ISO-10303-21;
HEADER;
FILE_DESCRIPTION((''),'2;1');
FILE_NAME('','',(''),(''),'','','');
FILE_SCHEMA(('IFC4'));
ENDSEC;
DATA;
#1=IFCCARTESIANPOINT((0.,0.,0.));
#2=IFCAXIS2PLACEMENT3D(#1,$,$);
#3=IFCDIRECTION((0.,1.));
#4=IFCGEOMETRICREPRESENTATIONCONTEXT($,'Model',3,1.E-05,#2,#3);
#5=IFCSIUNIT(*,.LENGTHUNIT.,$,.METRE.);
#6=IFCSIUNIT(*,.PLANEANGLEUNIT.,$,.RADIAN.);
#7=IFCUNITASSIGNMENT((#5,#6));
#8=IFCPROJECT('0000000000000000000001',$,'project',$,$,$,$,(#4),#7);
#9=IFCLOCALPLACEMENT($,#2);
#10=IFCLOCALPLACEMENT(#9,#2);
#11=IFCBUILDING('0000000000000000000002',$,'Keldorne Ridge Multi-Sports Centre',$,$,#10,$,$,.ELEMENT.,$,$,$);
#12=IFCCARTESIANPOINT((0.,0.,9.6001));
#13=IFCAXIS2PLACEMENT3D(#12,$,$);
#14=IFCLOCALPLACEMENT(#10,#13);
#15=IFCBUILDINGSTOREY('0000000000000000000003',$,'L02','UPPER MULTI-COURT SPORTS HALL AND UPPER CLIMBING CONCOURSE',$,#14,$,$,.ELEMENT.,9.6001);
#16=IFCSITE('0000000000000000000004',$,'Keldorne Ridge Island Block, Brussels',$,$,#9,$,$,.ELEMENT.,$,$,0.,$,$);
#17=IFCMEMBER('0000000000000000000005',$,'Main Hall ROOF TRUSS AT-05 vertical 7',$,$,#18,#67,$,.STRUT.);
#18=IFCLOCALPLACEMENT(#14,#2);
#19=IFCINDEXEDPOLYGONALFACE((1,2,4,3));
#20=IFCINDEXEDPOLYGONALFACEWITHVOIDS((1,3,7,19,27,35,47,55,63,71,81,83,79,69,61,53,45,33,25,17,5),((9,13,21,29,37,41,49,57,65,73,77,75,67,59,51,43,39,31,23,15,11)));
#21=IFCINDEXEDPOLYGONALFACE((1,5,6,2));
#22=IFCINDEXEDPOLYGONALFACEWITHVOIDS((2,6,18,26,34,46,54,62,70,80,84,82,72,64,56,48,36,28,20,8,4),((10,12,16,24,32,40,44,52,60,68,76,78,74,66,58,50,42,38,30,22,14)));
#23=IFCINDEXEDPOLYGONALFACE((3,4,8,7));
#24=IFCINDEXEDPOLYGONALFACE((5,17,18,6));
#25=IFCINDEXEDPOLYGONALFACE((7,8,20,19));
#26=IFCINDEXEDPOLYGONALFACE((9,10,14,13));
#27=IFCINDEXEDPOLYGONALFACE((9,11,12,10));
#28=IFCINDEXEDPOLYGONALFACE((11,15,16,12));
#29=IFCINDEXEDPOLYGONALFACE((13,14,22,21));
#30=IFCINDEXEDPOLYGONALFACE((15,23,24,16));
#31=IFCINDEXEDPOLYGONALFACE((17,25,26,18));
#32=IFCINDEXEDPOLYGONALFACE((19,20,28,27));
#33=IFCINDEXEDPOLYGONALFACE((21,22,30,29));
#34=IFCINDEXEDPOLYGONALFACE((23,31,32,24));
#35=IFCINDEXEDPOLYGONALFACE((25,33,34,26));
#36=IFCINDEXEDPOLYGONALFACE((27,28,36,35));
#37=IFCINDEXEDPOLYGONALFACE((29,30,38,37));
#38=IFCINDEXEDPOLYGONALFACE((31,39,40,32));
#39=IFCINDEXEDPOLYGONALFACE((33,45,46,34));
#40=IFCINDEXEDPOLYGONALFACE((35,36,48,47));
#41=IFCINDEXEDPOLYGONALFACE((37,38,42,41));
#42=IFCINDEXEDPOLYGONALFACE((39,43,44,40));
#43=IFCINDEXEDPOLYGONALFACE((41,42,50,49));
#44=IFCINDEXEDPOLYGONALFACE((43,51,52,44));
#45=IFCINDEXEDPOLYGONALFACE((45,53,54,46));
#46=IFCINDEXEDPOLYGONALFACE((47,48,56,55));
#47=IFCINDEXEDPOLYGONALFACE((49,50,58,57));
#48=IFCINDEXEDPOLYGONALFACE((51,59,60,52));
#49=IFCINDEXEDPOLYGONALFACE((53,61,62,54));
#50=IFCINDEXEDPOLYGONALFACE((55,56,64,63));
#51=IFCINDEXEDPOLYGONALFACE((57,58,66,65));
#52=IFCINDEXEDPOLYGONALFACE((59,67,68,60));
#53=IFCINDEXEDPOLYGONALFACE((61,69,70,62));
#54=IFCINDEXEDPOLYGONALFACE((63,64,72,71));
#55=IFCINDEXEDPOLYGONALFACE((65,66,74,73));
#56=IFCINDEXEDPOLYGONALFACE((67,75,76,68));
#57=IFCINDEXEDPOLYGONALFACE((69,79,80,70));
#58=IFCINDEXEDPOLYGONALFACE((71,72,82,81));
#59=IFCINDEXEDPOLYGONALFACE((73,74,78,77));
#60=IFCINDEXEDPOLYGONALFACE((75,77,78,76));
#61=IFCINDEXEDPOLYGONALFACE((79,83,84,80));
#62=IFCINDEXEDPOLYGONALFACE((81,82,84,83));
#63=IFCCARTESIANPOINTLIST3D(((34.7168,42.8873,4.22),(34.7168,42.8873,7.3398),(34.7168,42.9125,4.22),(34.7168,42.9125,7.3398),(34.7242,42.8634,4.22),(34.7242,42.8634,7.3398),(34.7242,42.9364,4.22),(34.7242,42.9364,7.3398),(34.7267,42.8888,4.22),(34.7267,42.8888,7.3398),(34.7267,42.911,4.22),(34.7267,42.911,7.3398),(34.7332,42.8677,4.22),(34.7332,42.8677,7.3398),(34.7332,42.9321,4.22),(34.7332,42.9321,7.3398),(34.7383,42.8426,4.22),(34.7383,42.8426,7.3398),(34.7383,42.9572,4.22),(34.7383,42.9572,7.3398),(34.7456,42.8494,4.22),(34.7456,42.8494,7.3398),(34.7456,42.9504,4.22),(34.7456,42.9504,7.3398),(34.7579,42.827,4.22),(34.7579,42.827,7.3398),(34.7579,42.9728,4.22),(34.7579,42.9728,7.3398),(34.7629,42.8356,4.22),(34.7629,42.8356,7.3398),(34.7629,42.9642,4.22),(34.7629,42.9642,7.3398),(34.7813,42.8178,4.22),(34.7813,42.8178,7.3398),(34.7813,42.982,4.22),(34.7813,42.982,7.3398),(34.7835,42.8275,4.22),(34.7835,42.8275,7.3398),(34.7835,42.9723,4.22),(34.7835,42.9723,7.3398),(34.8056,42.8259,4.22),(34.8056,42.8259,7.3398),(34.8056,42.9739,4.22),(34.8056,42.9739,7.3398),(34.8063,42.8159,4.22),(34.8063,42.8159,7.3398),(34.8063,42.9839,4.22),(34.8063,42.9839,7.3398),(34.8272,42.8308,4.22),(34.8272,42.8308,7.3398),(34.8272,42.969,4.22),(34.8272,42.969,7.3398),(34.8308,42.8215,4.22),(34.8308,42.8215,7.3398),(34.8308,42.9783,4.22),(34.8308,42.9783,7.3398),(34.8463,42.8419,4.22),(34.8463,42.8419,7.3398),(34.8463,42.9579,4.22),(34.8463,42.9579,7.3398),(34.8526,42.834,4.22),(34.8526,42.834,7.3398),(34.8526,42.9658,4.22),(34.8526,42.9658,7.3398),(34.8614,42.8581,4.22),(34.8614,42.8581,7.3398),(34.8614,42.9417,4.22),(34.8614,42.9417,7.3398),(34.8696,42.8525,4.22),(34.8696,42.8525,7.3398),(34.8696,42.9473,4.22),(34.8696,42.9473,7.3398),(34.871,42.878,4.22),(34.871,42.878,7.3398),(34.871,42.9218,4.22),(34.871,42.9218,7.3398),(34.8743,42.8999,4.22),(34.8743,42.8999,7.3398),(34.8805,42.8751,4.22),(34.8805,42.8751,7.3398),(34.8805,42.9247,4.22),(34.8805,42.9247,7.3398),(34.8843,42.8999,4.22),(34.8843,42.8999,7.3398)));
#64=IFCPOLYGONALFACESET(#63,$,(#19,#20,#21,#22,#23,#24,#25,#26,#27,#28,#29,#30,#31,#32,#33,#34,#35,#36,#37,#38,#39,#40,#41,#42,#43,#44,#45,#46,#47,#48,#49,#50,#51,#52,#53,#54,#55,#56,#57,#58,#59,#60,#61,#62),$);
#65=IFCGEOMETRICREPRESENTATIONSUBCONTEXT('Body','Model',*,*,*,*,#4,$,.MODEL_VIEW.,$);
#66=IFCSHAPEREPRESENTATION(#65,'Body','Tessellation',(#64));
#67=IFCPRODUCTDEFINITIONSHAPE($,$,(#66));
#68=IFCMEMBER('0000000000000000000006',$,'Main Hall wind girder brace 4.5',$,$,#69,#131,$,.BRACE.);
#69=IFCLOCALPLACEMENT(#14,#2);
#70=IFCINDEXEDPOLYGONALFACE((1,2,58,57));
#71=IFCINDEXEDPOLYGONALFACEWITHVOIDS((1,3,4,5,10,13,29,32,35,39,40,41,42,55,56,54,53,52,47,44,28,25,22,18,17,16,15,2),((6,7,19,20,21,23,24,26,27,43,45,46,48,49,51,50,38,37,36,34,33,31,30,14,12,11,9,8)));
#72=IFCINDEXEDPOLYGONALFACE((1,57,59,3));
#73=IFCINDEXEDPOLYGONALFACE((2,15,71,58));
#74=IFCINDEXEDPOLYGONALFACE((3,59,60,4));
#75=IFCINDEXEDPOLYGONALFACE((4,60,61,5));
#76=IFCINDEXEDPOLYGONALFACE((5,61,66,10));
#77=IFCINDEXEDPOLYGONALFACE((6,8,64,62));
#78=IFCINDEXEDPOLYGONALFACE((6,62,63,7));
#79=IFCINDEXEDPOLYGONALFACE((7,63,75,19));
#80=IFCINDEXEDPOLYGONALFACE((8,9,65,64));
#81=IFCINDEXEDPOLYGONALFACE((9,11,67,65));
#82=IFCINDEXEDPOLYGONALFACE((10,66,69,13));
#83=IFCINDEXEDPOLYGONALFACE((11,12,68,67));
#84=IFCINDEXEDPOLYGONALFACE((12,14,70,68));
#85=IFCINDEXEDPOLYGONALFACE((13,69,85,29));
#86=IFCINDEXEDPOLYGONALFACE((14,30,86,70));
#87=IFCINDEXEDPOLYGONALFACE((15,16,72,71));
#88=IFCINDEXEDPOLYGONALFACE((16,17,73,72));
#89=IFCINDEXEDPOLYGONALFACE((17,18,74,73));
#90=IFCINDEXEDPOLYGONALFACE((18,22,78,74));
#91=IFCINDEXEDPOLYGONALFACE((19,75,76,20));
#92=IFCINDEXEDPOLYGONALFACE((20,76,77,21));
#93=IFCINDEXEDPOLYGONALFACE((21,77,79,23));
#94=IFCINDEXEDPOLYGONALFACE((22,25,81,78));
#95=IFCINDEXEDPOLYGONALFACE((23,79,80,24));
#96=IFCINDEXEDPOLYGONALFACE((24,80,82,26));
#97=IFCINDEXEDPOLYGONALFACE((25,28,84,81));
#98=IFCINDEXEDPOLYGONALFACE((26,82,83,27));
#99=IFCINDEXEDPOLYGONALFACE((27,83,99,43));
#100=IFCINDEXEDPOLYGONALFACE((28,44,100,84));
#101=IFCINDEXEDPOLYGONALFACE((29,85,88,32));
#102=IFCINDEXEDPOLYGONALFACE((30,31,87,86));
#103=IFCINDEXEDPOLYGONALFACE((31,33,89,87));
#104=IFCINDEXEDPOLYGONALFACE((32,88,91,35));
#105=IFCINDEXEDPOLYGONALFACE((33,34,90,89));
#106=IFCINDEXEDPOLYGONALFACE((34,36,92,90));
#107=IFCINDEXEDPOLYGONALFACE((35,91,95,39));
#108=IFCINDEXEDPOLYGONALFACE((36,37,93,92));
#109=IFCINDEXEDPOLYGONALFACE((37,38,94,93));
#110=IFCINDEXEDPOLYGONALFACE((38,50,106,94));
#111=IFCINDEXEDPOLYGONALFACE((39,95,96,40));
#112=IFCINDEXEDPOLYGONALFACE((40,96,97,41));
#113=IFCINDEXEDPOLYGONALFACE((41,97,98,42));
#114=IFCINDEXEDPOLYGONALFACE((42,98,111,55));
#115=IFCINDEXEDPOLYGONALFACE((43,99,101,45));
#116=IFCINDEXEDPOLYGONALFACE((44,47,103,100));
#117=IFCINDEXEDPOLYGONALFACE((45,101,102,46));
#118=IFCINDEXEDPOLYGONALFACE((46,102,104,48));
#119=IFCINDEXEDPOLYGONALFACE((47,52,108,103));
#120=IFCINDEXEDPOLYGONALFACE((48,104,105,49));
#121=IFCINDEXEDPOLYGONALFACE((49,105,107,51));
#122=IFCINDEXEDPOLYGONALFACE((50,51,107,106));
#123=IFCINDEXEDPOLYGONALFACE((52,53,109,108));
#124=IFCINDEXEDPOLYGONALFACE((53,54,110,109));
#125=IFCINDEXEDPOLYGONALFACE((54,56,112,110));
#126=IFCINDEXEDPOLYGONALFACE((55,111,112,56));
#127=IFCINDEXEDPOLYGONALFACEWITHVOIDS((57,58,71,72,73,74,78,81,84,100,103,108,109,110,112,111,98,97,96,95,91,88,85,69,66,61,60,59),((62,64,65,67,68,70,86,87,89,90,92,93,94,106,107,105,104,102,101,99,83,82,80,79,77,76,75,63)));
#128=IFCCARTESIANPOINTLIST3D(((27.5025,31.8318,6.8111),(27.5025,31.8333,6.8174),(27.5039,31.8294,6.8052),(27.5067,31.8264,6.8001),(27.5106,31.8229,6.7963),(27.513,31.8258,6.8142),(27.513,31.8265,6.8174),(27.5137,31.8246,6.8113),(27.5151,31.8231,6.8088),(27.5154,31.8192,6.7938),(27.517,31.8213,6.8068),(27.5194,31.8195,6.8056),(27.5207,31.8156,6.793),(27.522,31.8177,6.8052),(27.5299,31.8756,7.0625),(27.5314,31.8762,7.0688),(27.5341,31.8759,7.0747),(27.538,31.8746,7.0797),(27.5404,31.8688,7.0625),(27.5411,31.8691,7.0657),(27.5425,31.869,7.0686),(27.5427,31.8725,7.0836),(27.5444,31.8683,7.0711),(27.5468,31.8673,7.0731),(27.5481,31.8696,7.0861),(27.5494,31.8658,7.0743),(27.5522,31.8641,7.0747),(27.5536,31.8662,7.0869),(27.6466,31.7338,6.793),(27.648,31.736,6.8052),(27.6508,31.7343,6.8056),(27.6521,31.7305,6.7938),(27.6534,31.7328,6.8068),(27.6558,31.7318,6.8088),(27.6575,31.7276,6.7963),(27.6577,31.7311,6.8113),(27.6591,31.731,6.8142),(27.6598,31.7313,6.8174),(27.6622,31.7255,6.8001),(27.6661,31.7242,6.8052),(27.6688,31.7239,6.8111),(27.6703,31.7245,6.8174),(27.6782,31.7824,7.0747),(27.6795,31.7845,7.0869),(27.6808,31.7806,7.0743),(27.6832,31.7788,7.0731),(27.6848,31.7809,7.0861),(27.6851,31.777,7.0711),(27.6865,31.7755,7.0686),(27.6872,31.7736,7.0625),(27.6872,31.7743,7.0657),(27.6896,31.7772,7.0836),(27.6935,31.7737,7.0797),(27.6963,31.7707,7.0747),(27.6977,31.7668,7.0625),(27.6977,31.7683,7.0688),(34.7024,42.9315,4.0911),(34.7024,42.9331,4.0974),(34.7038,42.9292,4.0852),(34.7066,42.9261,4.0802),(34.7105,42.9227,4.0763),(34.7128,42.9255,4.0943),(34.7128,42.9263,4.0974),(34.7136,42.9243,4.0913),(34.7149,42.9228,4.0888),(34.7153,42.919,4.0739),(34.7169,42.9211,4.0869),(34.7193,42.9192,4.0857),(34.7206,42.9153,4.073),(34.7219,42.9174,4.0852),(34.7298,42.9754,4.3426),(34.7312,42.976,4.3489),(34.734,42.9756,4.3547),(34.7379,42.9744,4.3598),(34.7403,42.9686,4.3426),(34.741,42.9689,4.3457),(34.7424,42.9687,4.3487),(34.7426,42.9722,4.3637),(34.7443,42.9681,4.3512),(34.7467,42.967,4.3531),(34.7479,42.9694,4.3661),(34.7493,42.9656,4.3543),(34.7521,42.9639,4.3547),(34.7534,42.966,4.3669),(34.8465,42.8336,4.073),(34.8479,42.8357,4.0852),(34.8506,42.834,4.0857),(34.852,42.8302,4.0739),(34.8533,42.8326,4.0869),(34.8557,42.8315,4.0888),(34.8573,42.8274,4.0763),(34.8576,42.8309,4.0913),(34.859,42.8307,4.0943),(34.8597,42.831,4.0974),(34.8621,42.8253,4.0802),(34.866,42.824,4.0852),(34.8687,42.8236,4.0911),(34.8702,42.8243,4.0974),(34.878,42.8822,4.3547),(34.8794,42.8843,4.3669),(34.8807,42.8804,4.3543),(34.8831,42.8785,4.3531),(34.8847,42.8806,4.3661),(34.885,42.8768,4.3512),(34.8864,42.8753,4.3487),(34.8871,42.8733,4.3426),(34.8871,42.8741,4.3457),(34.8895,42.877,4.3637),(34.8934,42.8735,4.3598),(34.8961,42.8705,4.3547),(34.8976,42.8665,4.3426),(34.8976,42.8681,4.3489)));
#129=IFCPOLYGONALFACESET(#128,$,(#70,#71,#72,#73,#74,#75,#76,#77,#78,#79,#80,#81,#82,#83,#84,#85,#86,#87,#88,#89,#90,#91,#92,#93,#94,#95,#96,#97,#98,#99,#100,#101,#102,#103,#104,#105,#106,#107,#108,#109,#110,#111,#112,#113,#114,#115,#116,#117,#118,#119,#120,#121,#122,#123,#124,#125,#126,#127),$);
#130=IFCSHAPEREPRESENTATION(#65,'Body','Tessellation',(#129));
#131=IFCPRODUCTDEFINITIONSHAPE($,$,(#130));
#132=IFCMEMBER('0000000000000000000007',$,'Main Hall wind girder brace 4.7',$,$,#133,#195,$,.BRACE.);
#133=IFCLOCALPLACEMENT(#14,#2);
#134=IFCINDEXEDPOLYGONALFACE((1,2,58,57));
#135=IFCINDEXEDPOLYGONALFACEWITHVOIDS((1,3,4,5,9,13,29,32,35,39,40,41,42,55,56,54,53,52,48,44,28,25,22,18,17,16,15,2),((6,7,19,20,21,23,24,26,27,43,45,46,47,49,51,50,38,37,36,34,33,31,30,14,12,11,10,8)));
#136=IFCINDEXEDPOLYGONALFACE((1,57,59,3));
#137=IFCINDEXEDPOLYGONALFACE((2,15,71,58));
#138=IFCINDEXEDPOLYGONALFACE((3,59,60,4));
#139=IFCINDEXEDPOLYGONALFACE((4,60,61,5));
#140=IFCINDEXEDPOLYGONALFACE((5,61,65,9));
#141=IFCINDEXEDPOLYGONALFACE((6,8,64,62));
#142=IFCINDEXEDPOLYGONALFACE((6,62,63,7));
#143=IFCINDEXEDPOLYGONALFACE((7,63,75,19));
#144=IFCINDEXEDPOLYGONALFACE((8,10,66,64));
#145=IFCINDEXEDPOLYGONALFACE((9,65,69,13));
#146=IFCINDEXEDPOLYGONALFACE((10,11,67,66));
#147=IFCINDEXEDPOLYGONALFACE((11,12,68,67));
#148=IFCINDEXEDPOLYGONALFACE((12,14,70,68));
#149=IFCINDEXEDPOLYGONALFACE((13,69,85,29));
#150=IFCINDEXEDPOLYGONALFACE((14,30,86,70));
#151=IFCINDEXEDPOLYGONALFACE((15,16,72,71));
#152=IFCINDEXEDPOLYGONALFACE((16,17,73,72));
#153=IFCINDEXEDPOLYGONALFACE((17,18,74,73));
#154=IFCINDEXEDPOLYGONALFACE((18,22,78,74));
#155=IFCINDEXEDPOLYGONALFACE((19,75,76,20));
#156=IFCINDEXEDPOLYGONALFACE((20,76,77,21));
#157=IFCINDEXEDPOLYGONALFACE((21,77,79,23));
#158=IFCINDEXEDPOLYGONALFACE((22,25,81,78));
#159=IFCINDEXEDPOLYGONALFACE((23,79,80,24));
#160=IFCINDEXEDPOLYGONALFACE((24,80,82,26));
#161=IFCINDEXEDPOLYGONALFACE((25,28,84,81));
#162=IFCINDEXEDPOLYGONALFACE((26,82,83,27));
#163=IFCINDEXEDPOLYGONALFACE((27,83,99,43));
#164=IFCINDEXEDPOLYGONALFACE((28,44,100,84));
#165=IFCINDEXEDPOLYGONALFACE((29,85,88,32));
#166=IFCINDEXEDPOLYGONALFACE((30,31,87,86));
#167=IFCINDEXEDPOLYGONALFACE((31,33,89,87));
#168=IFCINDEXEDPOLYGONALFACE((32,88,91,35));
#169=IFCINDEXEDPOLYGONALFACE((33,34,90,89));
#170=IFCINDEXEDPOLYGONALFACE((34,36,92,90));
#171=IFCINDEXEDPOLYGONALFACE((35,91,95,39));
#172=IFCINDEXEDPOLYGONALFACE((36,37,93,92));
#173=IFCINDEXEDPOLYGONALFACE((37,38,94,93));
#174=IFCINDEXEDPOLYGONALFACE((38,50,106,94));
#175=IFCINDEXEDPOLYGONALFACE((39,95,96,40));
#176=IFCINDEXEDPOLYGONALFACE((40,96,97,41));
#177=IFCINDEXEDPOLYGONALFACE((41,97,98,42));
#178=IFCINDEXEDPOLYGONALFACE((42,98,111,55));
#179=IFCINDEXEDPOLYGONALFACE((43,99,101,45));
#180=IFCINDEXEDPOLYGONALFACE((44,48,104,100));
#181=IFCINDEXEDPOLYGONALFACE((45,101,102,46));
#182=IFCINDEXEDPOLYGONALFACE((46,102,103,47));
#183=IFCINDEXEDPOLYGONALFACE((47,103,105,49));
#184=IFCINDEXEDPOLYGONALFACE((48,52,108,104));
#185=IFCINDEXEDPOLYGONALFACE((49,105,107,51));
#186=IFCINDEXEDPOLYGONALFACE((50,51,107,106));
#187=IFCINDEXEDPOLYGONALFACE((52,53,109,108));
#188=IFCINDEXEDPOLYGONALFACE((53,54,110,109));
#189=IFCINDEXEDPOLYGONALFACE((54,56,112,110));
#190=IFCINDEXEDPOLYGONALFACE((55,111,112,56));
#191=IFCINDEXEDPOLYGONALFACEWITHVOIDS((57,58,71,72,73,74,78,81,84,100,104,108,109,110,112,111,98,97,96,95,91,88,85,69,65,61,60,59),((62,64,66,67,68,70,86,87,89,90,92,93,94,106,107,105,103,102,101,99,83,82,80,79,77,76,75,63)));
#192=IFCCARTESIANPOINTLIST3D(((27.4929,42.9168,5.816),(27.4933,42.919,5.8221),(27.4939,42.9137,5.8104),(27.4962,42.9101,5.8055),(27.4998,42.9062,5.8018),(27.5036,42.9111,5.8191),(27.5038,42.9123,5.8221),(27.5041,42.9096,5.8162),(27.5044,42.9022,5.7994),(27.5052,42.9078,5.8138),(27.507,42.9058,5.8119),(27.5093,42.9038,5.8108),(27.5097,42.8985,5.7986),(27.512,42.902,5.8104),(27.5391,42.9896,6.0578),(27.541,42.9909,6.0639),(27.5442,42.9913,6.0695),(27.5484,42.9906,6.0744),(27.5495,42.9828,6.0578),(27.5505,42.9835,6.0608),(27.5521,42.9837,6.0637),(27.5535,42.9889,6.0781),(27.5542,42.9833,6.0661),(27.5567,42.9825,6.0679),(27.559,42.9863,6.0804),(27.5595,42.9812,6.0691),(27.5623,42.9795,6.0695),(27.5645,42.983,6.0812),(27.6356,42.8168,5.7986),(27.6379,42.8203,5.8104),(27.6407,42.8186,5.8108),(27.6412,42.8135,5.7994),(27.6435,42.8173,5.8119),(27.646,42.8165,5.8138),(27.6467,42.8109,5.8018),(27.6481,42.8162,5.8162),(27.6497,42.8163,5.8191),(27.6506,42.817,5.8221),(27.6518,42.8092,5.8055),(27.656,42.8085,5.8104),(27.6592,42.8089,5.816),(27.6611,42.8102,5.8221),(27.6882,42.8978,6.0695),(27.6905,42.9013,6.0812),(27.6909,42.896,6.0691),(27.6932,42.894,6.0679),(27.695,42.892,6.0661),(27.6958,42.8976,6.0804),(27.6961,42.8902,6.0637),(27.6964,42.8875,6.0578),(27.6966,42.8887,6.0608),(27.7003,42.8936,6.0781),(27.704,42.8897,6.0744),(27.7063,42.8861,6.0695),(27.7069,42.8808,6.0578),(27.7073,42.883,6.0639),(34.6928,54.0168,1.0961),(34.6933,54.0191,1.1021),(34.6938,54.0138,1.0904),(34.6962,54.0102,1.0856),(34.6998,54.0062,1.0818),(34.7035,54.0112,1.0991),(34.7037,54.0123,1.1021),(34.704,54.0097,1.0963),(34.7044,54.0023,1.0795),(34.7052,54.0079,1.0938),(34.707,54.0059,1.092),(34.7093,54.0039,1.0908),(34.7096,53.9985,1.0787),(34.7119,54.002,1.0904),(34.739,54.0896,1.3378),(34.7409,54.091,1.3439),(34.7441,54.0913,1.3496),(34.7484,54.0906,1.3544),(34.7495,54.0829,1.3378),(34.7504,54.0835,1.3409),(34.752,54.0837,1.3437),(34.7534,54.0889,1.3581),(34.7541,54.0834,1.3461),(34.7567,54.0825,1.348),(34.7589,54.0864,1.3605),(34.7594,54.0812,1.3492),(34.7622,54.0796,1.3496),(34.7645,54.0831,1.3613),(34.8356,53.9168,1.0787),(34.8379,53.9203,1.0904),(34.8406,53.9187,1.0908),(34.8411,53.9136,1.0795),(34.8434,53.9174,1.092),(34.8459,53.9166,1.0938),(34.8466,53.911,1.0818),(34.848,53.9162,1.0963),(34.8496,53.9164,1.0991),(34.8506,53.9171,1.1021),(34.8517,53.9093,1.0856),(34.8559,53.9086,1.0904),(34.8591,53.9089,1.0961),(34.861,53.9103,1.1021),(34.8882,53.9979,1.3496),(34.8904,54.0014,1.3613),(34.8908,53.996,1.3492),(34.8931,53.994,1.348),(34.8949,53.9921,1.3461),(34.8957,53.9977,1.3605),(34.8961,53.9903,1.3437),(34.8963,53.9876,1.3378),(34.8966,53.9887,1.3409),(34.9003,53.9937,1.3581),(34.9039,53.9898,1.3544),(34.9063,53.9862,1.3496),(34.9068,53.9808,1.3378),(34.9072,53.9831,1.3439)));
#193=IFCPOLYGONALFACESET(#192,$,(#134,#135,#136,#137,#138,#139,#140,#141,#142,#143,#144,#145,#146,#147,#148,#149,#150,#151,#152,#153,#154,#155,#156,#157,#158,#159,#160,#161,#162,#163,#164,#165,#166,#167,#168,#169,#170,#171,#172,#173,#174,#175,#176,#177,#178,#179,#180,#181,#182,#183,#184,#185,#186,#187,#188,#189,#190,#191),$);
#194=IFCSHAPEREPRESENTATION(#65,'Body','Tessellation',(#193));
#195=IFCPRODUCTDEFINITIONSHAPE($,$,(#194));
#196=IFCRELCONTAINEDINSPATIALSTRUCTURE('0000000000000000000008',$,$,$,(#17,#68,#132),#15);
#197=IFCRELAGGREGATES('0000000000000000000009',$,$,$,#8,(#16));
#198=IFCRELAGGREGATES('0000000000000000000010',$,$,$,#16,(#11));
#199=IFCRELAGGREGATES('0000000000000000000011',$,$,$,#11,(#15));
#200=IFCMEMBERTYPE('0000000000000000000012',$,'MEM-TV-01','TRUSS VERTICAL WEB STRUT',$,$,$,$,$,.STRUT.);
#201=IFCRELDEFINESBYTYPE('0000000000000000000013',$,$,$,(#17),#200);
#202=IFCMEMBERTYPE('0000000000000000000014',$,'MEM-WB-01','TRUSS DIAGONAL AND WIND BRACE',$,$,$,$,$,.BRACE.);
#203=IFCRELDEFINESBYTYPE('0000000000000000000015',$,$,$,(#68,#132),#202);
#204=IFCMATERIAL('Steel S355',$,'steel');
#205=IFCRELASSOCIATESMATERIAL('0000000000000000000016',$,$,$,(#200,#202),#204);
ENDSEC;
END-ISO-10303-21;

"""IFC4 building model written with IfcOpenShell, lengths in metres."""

from ifc_helpers import new_model, si_unit, direction, frame, origin, origin_2d, place, context, subcontext, project, spatial, hollow_rectangle, hollow_circle, extrude, material, material_profile, profile_set, type_object, element, save


model = new_model("IFC4")

# Units and contexts
model_context = context("Model", 3, precision=1e-05, world=origin(), true_north=direction((0.0, 1.0)))
body_context = subcontext(model_context, "Body", "Model", "MODEL_VIEW")
ifc_project = project(units=[si_unit("LENGTHUNIT", "METRE"), si_unit("PLANEANGLEUNIT", "RADIAN")], contexts=[model_context])

# Site, building, storey
site_placement = place(None, origin())
site = spatial("IfcSite", under=ifc_project, at=site_placement, Name="Keldorne Ridge Island Block, Brussels", CompositionType="ELEMENT", RefElevation=0.0)
building_placement = place(site_placement, origin())
building = spatial("IfcBuilding", under=site, at=building_placement, Name="Keldorne Ridge Multi-Sports Centre", CompositionType="ELEMENT")
storey_placement = place(building_placement, frame((0.0, 0.0, 9.6001)))
storey = spatial("IfcBuildingStorey", under=building, at=storey_placement, Name="L02", Description="UPPER MULTI-COURT SPORTS HALL AND UPPER CLIMBING CONCOURSE", CompositionType="ELEMENT", Elevation=9.6001)

# Members
ifc_material = material(Name="Steel S355", Category="steel")
ifc_material_profile_1 = material_profile(ifc_material, hollow_circle(Radius=0.0842, WallThickness=0.01, at=origin_2d()), Name="CHS 168.3x10")
ifc_profile_set_1 = profile_set([ifc_material_profile_1], Name="Steel S355")
member_type_1 = type_object("IfcMemberType", Name="MEM-TV-01", Description="TRUSS VERTICAL WEB STRUT", PredefinedType="STRUT", material=ifc_profile_set_1)
for number, where, z_axis, x_axis, name in (
    (1, (34.8, 42.8999, 4.22), (0.0, 0.0, 1.0), (1.0, 0.0, 0.0), "Main Hall ROOF TRUSS AT-05 vertical 7"),
):
    element("IfcMember", number, at=place(storey_placement, frame(where, z_axis=z_axis, x_axis=x_axis)), inside=storey, type_object=member_type_1, Name=name, PredefinedType="STRUT", context=body_context, shape_type="SweptSolid", body=[
        extrude(hollow_circle(Radius=0.0842, WallThickness=0.01, at=origin_2d()), origin(), (0.0, 0.0, 1.0), 3.1199),
    ])
ifc_material_profile_2 = material_profile(ifc_material, hollow_rectangle(XDim=0.2, YDim=0.3, WallThickness=0.0125, InnerFilletRadius=0.0125, OuterFilletRadius=0.0249, at=origin_2d()), Name="RHS 300x200x12.5")
ifc_profile_set_2 = profile_set([ifc_material_profile_2], Name="Steel S355")
member_type_2 = type_object("IfcMemberType", Name="MEM-WB-01", Description="TRUSS DIAGONAL AND WIND BRACE", PredefinedType="BRACE", material=ifc_profile_set_2)
member_1_placement = place(storey_placement, frame((27.6001, 31.8, 6.9399), z_axis=(0.533046, 0.821773, -0.201372), x_axis=(-0.83896, 0.544194, 0.0)))
element("IfcMember", 2, at=member_1_placement, inside=storey, type_object=member_type_2, Name="Main Hall wind girder brace 4.5", PredefinedType="BRACE", context=body_context, shape_type="SweptSolid", body=[
    extrude(hollow_rectangle(XDim=0.2, YDim=0.3, WallThickness=0.0125, InnerFilletRadius=0.0125, OuterFilletRadius=0.0249, at=origin_2d()), origin(), (0.0, 0.0, 1.0), 13.5071),
])
member_2_placement = place(storey_placement, frame((27.6001, 42.8999, 5.9399), z_axis=(0.512547, 0.790188, -0.336003), x_axis=(-0.838965, 0.544185, 0.0)))
element("IfcMember", 3, at=member_2_placement, inside=storey, type_object=member_type_2, Name="Main Hall wind girder brace 4.7", PredefinedType="BRACE", context=body_context, shape_type="SweptSolid", body=[
    extrude(hollow_rectangle(XDim=0.2, YDim=0.3, WallThickness=0.0125, InnerFilletRadius=0.0125, OuterFilletRadius=0.0249, at=origin_2d()), origin(), (0.0, 0.0, 1.0), 14.0474),
])

save(model, "model.ifc")
